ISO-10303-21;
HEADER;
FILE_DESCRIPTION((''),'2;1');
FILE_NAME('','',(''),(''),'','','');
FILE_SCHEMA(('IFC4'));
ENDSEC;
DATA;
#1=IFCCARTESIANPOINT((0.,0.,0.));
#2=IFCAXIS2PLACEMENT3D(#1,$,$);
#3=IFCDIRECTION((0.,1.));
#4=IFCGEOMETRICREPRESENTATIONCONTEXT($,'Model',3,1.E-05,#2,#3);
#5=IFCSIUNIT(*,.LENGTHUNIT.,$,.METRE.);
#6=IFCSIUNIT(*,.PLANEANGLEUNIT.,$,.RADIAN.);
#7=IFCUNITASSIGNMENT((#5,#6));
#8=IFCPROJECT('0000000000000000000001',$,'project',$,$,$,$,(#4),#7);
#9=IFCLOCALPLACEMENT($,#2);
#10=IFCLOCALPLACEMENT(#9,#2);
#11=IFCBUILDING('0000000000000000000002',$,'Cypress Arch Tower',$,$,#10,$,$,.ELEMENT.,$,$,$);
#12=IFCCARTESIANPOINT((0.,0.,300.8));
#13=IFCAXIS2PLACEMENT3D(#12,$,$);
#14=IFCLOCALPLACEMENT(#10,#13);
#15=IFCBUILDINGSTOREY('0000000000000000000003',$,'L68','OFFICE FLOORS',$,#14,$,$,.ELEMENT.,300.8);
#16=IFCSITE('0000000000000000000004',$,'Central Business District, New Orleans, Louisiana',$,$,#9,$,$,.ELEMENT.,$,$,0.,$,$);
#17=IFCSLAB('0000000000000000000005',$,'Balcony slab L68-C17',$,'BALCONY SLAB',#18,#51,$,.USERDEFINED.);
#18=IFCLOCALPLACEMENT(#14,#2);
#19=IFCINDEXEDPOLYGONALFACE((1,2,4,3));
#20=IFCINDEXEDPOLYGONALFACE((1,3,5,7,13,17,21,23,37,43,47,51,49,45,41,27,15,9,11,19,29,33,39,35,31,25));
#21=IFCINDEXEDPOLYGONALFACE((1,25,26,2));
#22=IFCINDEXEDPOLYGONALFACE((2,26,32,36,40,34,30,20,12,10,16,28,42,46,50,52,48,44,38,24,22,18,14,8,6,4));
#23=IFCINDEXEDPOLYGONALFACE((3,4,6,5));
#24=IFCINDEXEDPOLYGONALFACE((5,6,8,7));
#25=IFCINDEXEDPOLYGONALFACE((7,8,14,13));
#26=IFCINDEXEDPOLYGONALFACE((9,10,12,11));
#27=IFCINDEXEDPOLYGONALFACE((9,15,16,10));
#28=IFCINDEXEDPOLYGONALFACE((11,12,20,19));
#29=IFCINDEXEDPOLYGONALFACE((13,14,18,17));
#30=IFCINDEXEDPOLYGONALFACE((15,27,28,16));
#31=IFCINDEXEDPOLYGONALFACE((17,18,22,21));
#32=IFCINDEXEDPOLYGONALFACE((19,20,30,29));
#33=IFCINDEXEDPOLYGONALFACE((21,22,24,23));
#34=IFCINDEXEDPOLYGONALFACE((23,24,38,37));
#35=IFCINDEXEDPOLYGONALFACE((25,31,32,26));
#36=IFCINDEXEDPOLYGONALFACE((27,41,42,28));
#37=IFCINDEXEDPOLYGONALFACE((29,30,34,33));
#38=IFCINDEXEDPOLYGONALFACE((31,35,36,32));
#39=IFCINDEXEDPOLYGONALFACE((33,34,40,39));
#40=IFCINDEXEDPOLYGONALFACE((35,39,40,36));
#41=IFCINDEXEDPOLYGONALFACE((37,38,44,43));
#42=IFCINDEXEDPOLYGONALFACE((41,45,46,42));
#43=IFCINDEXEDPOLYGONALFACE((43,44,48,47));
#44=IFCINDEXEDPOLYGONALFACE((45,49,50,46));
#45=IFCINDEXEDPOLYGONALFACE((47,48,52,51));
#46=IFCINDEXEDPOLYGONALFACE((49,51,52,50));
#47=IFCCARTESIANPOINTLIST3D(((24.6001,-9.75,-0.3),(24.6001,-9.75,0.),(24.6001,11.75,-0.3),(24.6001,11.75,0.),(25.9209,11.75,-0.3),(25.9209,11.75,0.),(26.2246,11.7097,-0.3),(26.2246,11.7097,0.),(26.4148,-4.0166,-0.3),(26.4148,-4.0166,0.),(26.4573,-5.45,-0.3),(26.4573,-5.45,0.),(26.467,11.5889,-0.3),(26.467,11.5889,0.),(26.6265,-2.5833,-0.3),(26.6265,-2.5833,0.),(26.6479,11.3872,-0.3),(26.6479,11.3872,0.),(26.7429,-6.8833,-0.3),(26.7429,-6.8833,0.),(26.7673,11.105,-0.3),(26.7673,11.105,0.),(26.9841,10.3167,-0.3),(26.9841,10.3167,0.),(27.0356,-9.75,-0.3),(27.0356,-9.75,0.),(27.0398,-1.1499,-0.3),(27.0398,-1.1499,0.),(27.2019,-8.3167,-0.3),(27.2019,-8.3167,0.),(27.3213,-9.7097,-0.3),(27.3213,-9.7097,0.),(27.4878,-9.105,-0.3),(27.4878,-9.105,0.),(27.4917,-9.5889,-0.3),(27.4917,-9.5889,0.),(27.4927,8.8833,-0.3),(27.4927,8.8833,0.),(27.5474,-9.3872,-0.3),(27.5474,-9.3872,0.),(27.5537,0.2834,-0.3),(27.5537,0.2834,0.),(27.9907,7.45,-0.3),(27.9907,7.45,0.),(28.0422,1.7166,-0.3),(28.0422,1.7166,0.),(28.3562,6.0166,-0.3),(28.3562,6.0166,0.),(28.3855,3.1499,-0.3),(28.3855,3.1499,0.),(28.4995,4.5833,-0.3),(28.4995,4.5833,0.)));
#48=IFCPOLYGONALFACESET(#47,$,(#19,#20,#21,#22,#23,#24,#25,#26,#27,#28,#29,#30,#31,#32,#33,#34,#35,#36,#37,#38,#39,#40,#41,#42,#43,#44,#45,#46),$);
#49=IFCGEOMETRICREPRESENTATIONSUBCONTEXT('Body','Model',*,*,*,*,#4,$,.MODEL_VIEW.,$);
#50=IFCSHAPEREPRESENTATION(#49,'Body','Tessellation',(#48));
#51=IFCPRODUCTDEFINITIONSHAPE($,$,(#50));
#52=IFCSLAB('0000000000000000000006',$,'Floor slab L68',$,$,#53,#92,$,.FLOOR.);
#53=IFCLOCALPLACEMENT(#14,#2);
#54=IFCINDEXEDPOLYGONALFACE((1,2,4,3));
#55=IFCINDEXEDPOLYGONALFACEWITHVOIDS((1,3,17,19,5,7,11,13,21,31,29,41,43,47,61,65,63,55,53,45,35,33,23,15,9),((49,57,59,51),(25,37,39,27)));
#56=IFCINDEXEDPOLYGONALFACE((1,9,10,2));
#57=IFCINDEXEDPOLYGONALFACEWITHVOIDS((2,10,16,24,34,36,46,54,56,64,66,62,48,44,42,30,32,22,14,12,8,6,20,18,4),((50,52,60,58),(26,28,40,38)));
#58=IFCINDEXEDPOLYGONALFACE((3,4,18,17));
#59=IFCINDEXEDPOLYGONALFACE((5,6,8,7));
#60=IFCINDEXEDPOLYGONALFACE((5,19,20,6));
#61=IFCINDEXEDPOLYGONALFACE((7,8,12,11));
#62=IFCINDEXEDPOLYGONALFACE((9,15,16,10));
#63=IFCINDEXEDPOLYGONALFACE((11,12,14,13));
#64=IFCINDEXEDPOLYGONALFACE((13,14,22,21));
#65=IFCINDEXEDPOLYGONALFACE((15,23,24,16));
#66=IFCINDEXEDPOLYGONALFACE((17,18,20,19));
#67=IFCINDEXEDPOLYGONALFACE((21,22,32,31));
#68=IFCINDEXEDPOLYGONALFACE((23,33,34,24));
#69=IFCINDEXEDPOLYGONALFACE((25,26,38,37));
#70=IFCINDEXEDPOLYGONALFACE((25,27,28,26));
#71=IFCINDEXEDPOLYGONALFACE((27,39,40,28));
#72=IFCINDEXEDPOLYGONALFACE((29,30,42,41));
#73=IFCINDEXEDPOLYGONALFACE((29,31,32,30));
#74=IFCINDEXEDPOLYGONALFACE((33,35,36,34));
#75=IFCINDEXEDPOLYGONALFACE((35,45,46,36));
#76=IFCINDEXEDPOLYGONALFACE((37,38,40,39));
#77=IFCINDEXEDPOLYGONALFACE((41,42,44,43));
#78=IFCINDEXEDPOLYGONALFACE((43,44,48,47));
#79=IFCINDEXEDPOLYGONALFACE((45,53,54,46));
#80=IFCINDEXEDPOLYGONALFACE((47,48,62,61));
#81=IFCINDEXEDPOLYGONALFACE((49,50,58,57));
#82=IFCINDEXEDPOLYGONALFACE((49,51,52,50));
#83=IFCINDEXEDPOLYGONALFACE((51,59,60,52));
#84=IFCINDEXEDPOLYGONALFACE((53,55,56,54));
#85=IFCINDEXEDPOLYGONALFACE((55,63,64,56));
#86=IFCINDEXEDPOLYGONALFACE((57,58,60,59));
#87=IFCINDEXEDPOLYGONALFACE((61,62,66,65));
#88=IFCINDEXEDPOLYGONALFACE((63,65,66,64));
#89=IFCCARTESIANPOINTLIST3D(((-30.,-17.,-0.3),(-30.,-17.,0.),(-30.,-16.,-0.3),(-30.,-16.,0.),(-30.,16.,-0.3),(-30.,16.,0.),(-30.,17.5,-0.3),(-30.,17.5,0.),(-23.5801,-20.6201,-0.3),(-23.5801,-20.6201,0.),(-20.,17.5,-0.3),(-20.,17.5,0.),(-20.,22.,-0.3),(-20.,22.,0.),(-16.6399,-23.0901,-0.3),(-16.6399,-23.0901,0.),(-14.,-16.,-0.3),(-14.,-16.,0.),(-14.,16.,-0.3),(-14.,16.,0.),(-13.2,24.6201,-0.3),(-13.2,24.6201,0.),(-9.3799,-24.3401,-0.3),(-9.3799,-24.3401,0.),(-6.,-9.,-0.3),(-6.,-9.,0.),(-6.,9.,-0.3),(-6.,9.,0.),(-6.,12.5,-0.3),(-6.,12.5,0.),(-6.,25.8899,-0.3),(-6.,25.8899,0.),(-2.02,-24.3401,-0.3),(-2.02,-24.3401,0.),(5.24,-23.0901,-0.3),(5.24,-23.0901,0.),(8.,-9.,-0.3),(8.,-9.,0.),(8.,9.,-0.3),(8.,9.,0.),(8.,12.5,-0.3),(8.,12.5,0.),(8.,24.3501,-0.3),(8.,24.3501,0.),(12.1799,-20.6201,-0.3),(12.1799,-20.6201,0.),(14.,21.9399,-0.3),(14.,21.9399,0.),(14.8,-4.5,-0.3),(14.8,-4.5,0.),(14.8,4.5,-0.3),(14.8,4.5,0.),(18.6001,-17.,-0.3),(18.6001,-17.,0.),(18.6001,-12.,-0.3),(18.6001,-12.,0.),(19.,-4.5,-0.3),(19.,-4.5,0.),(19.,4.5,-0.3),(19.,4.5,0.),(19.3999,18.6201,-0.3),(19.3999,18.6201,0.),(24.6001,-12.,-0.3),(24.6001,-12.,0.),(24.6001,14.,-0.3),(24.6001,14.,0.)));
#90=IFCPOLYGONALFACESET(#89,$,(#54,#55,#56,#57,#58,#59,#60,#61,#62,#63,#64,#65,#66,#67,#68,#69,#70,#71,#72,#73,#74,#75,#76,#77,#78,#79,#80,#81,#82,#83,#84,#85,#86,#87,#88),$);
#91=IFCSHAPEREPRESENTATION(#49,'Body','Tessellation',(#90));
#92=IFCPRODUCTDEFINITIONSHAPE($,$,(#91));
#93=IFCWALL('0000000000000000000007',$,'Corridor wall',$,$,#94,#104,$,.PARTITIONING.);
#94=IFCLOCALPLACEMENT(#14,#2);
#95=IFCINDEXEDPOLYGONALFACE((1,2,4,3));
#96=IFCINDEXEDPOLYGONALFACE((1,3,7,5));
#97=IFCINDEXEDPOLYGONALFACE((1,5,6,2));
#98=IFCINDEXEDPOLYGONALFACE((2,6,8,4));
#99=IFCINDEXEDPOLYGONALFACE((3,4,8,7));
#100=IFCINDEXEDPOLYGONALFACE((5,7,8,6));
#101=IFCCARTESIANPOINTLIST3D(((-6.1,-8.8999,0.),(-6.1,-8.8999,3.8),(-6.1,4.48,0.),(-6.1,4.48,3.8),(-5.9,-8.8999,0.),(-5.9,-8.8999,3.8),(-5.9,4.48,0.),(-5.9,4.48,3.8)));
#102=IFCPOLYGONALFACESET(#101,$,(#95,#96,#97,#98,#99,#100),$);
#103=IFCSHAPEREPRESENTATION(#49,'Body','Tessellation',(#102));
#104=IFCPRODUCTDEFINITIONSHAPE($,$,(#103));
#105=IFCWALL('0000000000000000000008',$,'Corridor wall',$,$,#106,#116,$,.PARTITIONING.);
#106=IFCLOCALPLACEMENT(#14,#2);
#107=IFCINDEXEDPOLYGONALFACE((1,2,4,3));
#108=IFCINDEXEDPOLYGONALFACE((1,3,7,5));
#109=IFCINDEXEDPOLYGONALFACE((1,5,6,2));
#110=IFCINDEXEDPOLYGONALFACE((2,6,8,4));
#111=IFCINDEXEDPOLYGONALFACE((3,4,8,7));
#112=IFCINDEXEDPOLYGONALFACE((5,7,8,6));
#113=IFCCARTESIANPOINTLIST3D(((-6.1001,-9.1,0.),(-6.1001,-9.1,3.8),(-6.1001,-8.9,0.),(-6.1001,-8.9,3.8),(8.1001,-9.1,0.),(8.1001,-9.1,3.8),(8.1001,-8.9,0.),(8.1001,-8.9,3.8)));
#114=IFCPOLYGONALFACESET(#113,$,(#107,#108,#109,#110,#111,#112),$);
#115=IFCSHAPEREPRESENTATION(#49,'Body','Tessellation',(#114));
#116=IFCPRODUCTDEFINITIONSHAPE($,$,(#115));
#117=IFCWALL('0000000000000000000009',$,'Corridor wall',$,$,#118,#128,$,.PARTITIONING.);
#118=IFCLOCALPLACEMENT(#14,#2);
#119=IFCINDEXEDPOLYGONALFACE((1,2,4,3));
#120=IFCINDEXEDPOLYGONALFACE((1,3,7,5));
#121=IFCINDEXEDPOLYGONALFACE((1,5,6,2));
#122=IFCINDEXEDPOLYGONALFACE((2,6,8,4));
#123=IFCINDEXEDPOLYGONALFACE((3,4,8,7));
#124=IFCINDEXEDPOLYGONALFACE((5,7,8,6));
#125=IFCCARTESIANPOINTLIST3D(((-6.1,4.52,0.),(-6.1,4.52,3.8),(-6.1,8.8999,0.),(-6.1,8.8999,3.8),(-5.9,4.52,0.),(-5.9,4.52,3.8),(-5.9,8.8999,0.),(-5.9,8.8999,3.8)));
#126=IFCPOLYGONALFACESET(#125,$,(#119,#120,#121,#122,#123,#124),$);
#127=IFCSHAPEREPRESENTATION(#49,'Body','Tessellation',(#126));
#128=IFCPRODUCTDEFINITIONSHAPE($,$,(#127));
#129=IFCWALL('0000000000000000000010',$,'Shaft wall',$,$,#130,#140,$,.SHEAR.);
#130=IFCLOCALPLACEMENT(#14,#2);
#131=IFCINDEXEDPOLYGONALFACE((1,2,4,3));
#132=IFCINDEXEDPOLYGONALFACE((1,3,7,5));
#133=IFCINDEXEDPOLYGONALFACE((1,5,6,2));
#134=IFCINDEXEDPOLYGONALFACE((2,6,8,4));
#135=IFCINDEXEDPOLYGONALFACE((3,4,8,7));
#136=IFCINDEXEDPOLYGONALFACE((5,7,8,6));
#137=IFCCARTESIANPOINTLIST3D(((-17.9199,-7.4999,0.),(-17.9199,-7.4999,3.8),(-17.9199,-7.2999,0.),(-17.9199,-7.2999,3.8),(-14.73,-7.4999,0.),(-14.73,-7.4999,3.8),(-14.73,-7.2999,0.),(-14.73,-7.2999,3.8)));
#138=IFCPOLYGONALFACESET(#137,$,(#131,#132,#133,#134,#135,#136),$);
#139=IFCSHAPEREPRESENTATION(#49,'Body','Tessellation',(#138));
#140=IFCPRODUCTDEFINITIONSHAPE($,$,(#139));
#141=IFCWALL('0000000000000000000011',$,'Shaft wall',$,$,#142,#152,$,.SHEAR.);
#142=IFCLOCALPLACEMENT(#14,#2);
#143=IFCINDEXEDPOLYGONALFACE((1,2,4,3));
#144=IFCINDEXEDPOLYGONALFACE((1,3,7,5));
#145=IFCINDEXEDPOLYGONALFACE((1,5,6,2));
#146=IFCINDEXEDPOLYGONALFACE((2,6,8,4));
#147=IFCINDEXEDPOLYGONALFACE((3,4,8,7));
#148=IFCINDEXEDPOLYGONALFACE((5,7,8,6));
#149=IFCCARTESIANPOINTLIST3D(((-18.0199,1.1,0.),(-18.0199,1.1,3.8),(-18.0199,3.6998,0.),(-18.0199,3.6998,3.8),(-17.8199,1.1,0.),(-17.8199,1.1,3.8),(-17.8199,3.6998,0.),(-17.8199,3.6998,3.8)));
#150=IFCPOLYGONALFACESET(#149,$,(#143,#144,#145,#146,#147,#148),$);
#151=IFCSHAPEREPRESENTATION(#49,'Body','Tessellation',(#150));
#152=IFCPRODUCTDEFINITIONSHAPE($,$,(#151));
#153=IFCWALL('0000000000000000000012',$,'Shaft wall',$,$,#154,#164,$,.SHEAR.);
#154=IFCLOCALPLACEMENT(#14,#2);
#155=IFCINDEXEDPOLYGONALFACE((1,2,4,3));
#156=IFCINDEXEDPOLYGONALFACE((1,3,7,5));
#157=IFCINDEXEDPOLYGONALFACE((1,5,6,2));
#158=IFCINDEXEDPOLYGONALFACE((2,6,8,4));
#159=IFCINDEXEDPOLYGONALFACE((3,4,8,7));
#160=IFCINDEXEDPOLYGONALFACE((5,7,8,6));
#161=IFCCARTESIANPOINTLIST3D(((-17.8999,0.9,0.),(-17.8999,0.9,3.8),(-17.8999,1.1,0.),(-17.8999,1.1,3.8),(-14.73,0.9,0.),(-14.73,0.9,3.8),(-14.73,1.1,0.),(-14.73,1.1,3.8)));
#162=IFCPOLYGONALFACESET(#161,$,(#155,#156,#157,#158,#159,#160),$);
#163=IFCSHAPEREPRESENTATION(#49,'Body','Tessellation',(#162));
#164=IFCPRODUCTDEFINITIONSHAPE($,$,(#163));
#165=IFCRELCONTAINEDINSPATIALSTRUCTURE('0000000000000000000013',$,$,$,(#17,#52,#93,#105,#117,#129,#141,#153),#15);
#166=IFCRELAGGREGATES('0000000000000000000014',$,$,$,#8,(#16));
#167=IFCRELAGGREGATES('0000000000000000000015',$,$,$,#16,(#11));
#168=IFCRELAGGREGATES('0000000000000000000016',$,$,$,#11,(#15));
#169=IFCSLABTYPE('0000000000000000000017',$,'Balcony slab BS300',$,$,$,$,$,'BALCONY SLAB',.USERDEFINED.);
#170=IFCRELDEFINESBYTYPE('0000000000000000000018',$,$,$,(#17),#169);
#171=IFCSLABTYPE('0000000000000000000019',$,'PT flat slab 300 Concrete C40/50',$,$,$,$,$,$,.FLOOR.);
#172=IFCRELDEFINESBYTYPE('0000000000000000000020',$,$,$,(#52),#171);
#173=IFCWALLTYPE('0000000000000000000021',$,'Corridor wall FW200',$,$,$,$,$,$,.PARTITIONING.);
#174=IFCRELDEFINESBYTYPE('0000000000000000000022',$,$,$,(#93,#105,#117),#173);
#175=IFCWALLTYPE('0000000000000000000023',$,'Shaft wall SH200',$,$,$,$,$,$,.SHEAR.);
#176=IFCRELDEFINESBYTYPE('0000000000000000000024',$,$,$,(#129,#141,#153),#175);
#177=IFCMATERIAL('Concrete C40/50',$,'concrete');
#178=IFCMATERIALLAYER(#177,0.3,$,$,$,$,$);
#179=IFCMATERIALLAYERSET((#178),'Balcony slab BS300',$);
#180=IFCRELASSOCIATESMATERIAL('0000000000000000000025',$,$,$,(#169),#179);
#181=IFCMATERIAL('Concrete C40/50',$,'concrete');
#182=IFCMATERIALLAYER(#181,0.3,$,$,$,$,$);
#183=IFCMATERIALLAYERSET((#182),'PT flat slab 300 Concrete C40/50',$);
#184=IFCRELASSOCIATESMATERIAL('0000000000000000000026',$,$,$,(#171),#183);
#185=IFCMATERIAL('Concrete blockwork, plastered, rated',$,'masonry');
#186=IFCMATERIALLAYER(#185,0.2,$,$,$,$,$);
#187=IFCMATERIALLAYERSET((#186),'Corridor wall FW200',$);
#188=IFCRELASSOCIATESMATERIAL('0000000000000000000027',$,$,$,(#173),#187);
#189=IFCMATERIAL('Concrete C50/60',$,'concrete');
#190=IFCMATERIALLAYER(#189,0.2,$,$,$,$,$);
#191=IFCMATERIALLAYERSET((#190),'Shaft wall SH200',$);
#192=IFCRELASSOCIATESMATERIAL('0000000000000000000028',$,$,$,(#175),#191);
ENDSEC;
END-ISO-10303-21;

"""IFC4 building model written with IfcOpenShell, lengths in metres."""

from ifc_helpers import new_model, si_unit, direction, frame, frame_2d, origin, place, context, subcontext, project, spatial, polyline, rectangle, outline, extrude, material, layer, layer_set, type_object, element, save


model = new_model("IFC4")

# Units and contexts
model_context = context("Model", 3, precision=1e-05, world=origin(), true_north=direction((0.0, 1.0)))
body_context = subcontext(model_context, "Body", "Model", "MODEL_VIEW")
ifc_project = project(units=[si_unit("LENGTHUNIT", "METRE"), si_unit("PLANEANGLEUNIT", "RADIAN")], contexts=[model_context])

# Site, building, storey
site_placement = place(None, origin())
site = spatial("IfcSite", under=ifc_project, at=site_placement, Name="Central Business District, New Orleans, Louisiana", CompositionType="ELEMENT", RefElevation=0.0)
building_placement = place(site_placement, origin())
building = spatial("IfcBuilding", under=site, at=building_placement, Name="Cypress Arch Tower", CompositionType="ELEMENT")
storey_placement = place(building_placement, frame((0.0, 0.0, 300.8)))
storey = spatial("IfcBuildingStorey", under=building, at=storey_placement, Name="L68", Description="OFFICE FLOORS", CompositionType="ELEMENT", Elevation=300.8)

# Slabs
ifc_material_1 = material(Name="Concrete C40/50", Category="concrete")
ifc_layer_1 = layer(ifc_material_1, 0.3)
ifc_layer_set_1 = layer_set([ifc_layer_1], Name="Balcony slab BS300")
slab_type_1 = type_object("IfcSlabType", Name="Balcony slab BS300", ElementType="BALCONY SLAB", PredefinedType="USERDEFINED", material=ifc_layer_set_1)
slab_1_placement = place(storey_placement, frame((0.0, 0.0, -0.3)))
element("IfcSlab", 1, at=slab_1_placement, inside=storey, type_object=slab_type_1, Name="Balcony slab L68-C17", ObjectType="BALCONY SLAB", PredefinedType="USERDEFINED", context=body_context, shape_type="SweptSolid", body=[
    extrude(outline(polyline([(24.6001, -9.75), (27.0356, -9.75), (27.3213, -9.7097), (27.4917, -9.5889), (27.5474, -9.3872), (27.4878, -9.105), (27.2019, -8.3167), (26.7429, -6.8833), (26.4573, -5.45), (26.4148, -4.0166), (26.6265, -2.5833), (27.0398, -1.1499), (27.5537, 0.2834), (28.0422, 1.7166), (28.3855, 3.1499), (28.4995, 4.5833), (28.3562, 6.0166), (27.9907, 7.45), (27.4927, 8.8833), (26.9841, 10.3167), (26.7673, 11.105), (26.6479, 11.3872), (26.467, 11.5889), (26.2246, 11.7097), (25.9209, 11.75), (24.6001, 11.75), (24.6001, -9.75)])), origin(), (0.0, 0.0, 1.0), 0.3),
])
ifc_material_2 = material(Name="Concrete C40/50", Category="concrete")
ifc_layer_2 = layer(ifc_material_2, 0.3)
ifc_layer_set_2 = layer_set([ifc_layer_2], Name="PT flat slab 300 Concrete C40/50")
slab_type_2 = type_object("IfcSlabType", Name="PT flat slab 300 Concrete C40/50", PredefinedType="FLOOR", material=ifc_layer_set_2)
slab_2_placement = place(storey_placement, frame((0.0, 0.0, -0.3)))
element("IfcSlab", 2, at=slab_2_placement, inside=storey, type_object=slab_type_2, Name="Floor slab L68", PredefinedType="FLOOR", context=body_context, shape_type="SweptSolid", body=[
    extrude(outline(polyline([(-30.0, 17.5), (-20.0, 17.5), (-20.0, 22.0), (-13.2, 24.6201), (-6.0, 25.8899), (-6.0, 12.5), (8.0, 12.5), (8.0, 24.3501), (14.0, 21.9399), (19.3999, 18.6201), (24.6001, 14.0), (24.6001, -12.0), (18.6001, -12.0), (18.6001, -17.0), (12.1799, -20.6201), (5.24, -23.0901), (-2.02, -24.3401), (-9.3799, -24.3401), (-16.6399, -23.0901), (-23.5801, -20.6201), (-30.0, -17.0), (-30.0, -16.0), (-14.0, -16.0), (-14.0, 16.0), (-30.0, 16.0), (-30.0, 17.5)]), holes=[polyline([(-6.0, -9.0), (8.0, -9.0), (8.0, 9.0), (-6.0, 9.0), (-6.0, -9.0)]), polyline([(14.8, -4.5), (19.0, -4.5), (19.0, 4.5), (14.8, 4.5), (14.8, -4.5)])]), origin(), (0.0, 0.0, 1.0), 0.3),
])

# Walls
ifc_material_3 = material(Name="Concrete blockwork, plastered, rated", Category="masonry")
ifc_layer_3 = layer(ifc_material_3, 0.2)
ifc_layer_set_3 = layer_set([ifc_layer_3], Name="Corridor wall FW200")
wall_type_1 = type_object("IfcWallType", Name="Corridor wall FW200", PredefinedType="PARTITIONING", material=ifc_layer_set_3)
wall_1_placement = place(storey_placement, frame((-6.0, -8.8999, 0.0), z_axis=(0.0, 0.0, 1.0), x_axis=(0.0, 1.0, 0.0)))
element("IfcWall", 3, at=wall_1_placement, inside=storey, type_object=wall_type_1, Name="Corridor wall", PredefinedType="PARTITIONING", context=body_context, shape_type="SweptSolid", body=[
    extrude(rectangle(XDim=13.3799, YDim=0.2, at=frame_2d((6.6899, 0.0))), origin(), (0.0, 0.0, 1.0), 3.8),
])
wall_2_placement = place(storey_placement, frame((-6.1001, -9.0, 0.0), z_axis=(0.0, 0.0, 1.0), x_axis=(1.0, 0.0, 0.0)))
element("IfcWall", 4, at=wall_2_placement, inside=storey, type_object=wall_type_1, Name="Corridor wall", PredefinedType="PARTITIONING", context=body_context, shape_type="SweptSolid", body=[
    extrude(rectangle(XDim=14.2002, YDim=0.2, at=frame_2d((7.1001, 0.0))), origin(), (0.0, 0.0, 1.0), 3.8),
])
wall_3_placement = place(storey_placement, frame((-6.0, 4.52, 0.0), z_axis=(0.0, 0.0, 1.0), x_axis=(0.0, 1.0, 0.0)))
element("IfcWall", 5, at=wall_3_placement, inside=storey, type_object=wall_type_1, Name="Corridor wall", PredefinedType="PARTITIONING", context=body_context, shape_type="SweptSolid", body=[
    extrude(rectangle(XDim=4.3799, YDim=0.2, at=frame_2d((2.1899, 0.0))), origin(), (0.0, 0.0, 1.0), 3.8),
])
ifc_material_4 = material(Name="Concrete C50/60", Category="concrete")
ifc_layer_4 = layer(ifc_material_4, 0.2)
ifc_layer_set_4 = layer_set([ifc_layer_4], Name="Shaft wall SH200")
wall_type_2 = type_object("IfcWallType", Name="Shaft wall SH200", PredefinedType="SHEAR", material=ifc_layer_set_4)
wall_4_placement = place(storey_placement, frame((-17.9199, -7.3999, 0.0), z_axis=(0.0, 0.0, 1.0), x_axis=(1.0, 0.0, 0.0)))
element("IfcWall", 6, at=wall_4_placement, inside=storey, type_object=wall_type_2, Name="Shaft wall", PredefinedType="SHEAR", context=body_context, shape_type="SweptSolid", body=[
    extrude(rectangle(XDim=3.1899, YDim=0.2, at=frame_2d((1.595, 0.0))), origin(), (0.0, 0.0, 1.0), 3.8),
])
wall_5_placement = place(storey_placement, frame((-17.9199, 1.1001, 0.0), z_axis=(0.0, 0.0, 1.0), x_axis=(0.0, 1.0, 0.0)))
element("IfcWall", 7, at=wall_5_placement, inside=storey, type_object=wall_type_2, Name="Shaft wall", PredefinedType="SHEAR", context=body_context, shape_type="SweptSolid", body=[
    extrude(rectangle(XDim=2.5999, YDim=0.2, at=frame_2d((1.2998, 0.0))), origin(), (0.0, 0.0, 1.0), 3.8),
])
wall_6_placement = place(storey_placement, frame((-17.8999, 1.0, 0.0), z_axis=(0.0, 0.0, 1.0), x_axis=(1.0, 0.0, 0.0)))
element("IfcWall", 8, at=wall_6_placement, inside=storey, type_object=wall_type_2, Name="Shaft wall", PredefinedType="SHEAR", context=body_context, shape_type="SweptSolid", body=[
    extrude(rectangle(XDim=3.1699, YDim=0.2, at=frame_2d((1.585, 0.0))), origin(), (0.0, 0.0, 1.0), 3.8),
])

save(model, "model.ifc")
